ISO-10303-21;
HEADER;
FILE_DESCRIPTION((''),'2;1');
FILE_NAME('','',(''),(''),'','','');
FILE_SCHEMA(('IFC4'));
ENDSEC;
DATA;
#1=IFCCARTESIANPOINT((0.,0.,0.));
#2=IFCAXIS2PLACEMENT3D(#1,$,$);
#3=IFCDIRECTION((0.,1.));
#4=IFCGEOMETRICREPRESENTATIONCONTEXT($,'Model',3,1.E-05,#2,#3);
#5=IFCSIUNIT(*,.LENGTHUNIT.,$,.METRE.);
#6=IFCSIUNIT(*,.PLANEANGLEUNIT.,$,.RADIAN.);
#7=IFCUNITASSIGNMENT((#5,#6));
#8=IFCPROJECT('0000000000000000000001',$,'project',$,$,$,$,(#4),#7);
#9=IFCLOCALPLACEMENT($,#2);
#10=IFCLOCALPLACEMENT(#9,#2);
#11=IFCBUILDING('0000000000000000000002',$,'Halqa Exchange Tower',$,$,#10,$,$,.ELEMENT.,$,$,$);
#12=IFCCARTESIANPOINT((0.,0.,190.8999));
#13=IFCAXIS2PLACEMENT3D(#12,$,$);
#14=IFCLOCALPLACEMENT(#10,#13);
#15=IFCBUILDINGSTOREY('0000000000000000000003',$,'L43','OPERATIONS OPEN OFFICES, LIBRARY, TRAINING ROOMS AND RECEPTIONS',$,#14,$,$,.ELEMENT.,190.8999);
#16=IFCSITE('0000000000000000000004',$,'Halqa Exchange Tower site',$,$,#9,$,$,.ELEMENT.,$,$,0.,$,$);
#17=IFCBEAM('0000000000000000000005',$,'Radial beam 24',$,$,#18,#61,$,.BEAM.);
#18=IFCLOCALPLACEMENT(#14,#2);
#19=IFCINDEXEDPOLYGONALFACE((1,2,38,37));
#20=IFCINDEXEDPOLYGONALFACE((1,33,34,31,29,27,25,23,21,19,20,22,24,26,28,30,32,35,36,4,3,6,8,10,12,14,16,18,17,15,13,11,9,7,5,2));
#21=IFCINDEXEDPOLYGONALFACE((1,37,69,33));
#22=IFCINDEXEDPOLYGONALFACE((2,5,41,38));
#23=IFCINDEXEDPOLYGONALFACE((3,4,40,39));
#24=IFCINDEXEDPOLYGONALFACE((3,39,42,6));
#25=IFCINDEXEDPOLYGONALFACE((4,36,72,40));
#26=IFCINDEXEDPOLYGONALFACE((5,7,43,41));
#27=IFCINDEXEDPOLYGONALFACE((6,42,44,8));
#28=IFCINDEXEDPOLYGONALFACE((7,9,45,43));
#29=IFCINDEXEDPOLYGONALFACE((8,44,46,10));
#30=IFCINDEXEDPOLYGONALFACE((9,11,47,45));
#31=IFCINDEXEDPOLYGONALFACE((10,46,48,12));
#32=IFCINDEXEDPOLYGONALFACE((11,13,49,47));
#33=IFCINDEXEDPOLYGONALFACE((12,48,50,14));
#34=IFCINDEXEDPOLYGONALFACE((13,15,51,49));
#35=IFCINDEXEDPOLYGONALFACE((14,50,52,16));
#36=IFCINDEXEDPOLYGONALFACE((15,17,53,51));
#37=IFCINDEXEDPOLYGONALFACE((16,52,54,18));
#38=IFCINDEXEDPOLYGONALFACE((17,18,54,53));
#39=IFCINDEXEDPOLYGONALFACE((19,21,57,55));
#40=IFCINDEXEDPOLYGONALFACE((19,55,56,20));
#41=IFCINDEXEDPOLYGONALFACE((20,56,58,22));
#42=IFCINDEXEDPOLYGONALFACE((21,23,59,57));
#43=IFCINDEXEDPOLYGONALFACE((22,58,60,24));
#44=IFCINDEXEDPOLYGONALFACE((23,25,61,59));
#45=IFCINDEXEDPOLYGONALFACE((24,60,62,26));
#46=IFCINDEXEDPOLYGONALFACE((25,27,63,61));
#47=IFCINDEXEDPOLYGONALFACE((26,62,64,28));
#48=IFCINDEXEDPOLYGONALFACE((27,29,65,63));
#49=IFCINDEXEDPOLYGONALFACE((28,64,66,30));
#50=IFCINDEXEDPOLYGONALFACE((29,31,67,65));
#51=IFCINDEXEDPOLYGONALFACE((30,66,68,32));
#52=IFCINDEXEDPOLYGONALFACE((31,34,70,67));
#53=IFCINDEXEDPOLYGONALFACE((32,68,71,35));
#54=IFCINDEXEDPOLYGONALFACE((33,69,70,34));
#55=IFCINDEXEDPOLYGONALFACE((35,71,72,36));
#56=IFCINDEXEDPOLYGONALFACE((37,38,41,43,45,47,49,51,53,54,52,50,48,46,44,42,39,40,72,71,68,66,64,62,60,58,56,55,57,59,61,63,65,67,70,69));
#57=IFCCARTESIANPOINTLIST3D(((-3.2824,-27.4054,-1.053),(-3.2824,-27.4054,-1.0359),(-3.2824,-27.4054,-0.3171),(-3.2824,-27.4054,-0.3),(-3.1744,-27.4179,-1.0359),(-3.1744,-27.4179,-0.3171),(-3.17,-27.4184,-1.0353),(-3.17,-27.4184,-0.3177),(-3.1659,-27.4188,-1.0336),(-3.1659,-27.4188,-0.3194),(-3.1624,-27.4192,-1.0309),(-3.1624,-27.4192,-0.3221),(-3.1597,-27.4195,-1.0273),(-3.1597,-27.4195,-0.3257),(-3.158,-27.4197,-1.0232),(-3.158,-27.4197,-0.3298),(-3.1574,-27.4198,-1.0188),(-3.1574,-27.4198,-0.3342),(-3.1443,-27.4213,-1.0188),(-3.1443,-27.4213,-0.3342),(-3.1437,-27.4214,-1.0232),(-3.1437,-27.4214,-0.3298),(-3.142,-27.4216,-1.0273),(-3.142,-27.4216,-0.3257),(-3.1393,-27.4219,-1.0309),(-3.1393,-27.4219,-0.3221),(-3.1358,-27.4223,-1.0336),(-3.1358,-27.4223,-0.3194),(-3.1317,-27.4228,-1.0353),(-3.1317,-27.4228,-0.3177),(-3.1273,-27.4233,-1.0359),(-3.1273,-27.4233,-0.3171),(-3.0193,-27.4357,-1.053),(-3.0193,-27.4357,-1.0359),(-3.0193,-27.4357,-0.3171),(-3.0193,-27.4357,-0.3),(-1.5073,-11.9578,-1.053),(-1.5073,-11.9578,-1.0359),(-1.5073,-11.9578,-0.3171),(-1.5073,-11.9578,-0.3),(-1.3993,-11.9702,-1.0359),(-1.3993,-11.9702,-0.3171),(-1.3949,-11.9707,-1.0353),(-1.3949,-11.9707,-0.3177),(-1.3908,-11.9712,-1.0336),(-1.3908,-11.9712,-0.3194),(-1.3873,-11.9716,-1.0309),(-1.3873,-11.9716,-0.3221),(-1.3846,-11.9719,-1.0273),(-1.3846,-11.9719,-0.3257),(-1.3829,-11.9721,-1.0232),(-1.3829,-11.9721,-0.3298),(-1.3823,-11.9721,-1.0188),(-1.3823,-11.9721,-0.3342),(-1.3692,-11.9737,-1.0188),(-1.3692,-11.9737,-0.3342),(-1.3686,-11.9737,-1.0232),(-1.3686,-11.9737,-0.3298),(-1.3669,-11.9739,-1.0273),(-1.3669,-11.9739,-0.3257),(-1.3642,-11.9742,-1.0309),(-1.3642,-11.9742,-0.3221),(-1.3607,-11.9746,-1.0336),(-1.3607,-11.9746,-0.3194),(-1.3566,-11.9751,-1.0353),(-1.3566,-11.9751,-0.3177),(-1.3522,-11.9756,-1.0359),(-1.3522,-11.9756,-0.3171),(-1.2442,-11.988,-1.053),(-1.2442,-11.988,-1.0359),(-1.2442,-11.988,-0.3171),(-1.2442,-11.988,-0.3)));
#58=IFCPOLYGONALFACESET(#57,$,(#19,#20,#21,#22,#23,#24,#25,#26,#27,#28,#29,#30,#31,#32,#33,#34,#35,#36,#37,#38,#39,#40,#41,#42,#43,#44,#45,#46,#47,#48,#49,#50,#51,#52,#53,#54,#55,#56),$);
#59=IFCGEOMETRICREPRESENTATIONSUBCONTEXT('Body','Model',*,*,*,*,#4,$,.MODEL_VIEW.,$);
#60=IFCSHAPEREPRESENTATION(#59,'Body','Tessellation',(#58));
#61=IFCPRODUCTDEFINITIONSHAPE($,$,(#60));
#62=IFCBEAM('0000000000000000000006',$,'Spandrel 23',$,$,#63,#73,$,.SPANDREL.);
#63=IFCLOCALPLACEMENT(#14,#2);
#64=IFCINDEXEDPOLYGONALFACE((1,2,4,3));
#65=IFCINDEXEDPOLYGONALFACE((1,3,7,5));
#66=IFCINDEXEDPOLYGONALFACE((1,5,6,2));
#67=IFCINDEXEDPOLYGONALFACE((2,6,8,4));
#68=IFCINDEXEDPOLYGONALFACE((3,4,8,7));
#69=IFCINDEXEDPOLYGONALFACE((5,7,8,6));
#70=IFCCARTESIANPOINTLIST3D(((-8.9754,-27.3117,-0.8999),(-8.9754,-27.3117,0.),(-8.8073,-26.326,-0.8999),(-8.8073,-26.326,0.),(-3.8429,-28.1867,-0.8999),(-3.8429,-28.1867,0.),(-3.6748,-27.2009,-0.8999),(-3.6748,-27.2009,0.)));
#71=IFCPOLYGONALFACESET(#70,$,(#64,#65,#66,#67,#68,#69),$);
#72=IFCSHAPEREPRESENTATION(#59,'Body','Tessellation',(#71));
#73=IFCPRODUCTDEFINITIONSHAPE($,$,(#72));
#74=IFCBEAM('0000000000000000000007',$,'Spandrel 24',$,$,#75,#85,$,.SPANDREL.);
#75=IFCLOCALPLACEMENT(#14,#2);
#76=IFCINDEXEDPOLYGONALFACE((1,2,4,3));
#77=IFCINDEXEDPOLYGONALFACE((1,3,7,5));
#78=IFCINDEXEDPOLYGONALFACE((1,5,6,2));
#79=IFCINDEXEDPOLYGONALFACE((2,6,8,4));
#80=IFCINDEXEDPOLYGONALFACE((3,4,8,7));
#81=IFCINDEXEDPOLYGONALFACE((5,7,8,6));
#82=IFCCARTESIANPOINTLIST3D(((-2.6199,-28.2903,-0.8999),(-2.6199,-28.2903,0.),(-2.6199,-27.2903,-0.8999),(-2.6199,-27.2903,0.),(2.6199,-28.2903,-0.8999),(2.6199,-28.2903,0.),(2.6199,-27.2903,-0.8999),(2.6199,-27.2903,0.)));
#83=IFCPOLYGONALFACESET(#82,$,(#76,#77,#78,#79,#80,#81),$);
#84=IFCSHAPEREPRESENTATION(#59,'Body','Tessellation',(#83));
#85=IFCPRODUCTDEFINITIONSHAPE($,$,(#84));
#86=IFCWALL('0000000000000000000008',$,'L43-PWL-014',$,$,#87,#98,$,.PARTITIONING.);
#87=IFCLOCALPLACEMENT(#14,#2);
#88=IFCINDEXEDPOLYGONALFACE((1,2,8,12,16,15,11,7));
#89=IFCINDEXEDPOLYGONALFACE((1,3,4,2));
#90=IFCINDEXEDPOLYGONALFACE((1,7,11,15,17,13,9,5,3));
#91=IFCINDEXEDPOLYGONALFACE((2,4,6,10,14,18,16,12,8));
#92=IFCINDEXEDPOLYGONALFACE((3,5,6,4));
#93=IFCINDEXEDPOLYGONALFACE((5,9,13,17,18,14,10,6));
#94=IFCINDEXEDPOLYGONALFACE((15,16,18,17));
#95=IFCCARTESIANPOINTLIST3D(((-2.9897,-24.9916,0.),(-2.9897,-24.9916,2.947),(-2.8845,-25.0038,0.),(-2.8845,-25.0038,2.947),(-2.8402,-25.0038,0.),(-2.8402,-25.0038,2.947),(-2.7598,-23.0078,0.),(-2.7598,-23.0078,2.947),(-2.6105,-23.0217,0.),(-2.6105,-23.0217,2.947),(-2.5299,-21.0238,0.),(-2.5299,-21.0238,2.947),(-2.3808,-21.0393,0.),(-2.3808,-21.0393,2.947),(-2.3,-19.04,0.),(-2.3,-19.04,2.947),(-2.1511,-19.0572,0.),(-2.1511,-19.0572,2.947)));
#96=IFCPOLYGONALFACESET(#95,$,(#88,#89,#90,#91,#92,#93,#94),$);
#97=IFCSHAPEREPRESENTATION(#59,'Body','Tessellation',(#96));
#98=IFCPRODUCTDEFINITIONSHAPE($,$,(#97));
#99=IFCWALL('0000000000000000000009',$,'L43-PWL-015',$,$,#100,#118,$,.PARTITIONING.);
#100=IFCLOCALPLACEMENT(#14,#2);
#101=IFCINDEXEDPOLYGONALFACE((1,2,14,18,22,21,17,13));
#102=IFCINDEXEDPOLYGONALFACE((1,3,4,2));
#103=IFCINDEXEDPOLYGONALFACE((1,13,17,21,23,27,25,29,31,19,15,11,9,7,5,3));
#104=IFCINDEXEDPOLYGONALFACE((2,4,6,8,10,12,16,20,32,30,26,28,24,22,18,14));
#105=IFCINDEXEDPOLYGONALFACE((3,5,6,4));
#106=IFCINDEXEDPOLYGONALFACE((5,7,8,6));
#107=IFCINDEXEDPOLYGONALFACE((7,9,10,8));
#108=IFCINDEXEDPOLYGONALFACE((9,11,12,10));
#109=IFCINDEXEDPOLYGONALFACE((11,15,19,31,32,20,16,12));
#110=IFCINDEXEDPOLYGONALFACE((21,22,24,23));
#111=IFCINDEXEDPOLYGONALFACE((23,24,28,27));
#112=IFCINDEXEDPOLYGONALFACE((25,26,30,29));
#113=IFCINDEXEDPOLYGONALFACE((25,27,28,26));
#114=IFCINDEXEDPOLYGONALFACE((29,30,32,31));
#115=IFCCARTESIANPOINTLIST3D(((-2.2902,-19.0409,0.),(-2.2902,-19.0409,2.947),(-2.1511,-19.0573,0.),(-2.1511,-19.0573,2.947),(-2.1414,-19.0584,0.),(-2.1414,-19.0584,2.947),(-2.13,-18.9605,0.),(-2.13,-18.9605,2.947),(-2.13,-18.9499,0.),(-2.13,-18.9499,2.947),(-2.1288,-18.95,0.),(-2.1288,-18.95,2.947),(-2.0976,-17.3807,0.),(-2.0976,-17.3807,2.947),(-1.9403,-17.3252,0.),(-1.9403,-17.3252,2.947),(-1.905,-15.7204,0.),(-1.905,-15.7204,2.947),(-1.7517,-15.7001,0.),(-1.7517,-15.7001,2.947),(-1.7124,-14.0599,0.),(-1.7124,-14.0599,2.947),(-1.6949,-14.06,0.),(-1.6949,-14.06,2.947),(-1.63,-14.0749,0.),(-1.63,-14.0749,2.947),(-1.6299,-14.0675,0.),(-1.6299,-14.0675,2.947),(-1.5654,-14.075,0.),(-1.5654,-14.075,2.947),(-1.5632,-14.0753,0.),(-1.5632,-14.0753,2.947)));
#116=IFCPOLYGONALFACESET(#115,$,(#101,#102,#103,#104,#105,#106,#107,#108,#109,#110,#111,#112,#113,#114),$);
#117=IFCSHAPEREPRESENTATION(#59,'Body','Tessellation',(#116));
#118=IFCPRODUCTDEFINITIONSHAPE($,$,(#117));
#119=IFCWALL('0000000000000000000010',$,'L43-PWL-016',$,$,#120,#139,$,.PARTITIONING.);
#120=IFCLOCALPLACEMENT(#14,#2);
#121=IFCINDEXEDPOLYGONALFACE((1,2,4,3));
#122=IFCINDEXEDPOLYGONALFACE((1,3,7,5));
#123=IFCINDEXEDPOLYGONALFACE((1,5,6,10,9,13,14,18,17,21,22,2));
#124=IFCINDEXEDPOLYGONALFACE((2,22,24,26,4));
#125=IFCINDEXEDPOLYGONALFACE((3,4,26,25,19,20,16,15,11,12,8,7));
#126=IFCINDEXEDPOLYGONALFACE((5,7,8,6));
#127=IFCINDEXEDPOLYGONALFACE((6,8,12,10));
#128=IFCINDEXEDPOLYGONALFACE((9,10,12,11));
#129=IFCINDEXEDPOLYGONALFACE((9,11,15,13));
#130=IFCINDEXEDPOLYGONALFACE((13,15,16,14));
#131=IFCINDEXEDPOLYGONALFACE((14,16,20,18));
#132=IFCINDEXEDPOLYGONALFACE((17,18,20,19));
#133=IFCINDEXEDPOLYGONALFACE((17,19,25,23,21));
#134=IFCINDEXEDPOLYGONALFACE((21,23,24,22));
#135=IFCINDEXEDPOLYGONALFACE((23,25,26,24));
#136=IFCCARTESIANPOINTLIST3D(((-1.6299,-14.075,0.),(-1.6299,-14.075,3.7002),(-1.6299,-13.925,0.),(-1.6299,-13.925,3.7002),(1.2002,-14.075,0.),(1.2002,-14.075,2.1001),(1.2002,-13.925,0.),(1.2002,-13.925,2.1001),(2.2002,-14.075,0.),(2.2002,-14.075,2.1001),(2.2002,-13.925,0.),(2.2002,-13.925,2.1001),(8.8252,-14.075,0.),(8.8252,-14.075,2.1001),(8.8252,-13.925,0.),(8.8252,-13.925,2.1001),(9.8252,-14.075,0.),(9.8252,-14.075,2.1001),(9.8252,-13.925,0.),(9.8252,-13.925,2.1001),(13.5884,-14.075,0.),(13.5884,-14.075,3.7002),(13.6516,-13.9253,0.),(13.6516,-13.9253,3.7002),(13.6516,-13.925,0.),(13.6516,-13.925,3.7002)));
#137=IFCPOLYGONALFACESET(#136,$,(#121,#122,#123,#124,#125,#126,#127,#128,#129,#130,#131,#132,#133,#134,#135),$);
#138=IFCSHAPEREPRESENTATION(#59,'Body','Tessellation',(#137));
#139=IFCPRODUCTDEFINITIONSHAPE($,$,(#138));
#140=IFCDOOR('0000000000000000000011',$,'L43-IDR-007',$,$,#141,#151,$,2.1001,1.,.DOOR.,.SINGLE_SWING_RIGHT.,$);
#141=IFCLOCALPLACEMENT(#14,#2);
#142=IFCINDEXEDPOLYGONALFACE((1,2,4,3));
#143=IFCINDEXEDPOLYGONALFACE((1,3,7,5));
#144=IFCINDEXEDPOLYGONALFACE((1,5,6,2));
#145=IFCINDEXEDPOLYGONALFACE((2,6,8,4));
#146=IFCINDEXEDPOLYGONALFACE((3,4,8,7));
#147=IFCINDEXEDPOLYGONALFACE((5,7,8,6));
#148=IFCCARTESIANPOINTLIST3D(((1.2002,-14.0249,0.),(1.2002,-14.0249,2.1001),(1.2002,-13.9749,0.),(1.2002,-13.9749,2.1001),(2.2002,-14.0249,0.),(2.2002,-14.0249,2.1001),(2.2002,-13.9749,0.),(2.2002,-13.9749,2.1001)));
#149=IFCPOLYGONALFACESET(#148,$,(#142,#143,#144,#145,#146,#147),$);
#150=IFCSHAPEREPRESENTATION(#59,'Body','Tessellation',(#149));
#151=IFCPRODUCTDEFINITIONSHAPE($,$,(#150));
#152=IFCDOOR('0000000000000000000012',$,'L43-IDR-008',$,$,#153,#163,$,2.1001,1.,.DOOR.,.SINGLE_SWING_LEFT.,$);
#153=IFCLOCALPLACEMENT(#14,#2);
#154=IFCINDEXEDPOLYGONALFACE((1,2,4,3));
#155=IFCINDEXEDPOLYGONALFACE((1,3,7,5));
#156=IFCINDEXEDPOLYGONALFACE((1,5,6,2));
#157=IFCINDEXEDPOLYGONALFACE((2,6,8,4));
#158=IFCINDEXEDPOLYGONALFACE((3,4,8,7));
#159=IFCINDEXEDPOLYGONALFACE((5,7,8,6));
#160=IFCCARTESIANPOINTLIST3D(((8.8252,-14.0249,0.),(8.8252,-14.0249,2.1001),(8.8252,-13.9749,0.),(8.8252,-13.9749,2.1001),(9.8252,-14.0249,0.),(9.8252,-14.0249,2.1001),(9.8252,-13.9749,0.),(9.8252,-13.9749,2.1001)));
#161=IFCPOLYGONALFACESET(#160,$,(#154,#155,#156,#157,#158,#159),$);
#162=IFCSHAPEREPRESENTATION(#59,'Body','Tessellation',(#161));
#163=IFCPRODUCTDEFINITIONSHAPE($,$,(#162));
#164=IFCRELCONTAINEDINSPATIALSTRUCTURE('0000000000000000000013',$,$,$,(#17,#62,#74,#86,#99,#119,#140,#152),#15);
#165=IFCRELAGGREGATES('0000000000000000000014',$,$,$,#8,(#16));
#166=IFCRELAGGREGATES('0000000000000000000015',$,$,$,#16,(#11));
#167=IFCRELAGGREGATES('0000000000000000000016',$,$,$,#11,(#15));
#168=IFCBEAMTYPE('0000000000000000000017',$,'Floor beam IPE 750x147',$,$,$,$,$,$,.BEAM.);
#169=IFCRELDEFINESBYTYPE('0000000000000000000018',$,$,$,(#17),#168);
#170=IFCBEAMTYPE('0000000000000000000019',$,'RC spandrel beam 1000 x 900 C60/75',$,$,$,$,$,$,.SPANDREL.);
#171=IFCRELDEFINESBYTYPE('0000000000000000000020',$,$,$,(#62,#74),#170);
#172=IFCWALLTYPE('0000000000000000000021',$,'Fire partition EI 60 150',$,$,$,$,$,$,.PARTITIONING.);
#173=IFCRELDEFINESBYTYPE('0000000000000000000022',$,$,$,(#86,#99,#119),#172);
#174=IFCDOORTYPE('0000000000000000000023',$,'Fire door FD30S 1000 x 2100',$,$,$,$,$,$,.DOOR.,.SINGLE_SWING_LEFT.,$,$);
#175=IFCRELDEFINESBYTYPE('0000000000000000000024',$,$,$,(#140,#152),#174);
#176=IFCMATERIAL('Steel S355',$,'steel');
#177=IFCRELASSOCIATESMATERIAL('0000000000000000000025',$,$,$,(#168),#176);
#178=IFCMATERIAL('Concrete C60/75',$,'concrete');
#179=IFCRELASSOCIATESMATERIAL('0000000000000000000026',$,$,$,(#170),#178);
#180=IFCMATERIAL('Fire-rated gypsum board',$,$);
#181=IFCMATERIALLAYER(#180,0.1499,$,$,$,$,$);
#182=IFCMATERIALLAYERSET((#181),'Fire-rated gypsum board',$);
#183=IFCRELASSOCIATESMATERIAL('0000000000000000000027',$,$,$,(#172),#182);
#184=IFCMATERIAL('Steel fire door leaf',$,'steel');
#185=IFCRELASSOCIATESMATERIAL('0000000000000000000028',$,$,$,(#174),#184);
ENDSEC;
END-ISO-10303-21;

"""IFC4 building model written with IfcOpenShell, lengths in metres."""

from ifc_helpers import new_model, si_unit, direction, frame, frame_2d, origin, origin_2d, place, context, subcontext, project, spatial, polyline, rectangle, i_section, outline, extrude, material, layer, layer_set, material_profile, profile_set, type_object, element, fill, save


model = new_model("IFC4")

# Units and contexts
model_context = context("Model", 3, precision=1e-05, world=origin(), true_north=direction((0.0, 1.0)))
body_context = subcontext(model_context, "Body", "Model", "MODEL_VIEW")
ifc_project = project(units=[si_unit("LENGTHUNIT", "METRE"), si_unit("PLANEANGLEUNIT", "RADIAN")], contexts=[model_context])

# Site, building, storey
site_placement = place(None, origin())
site = spatial("IfcSite", under=ifc_project, at=site_placement, Name="Halqa Exchange Tower site", CompositionType="ELEMENT", RefElevation=0.0)
building_placement = place(site_placement, origin())
building = spatial("IfcBuilding", under=site, at=building_placement, Name="Halqa Exchange Tower", CompositionType="ELEMENT")
storey_placement = place(building_placement, frame((0.0, 0.0, 190.8999)))
storey = spatial("IfcBuildingStorey", under=building, at=storey_placement, Name="L43", Description="OPERATIONS OPEN OFFICES, LIBRARY, TRAINING ROOMS AND RECEPTIONS", CompositionType="ELEMENT", Elevation=190.8999)

# Shared definitions
ifc_material_1 = material(Name="Concrete C60/75", Category="concrete")

# Beams
ifc_material_2 = material(Name="Steel S355", Category="steel")
ifc_material_profile_1 = material_profile(ifc_material_2, i_section(OverallWidth=0.2649, OverallDepth=0.7529, WebThickness=0.0132, FlangeThickness=0.0171, FilletRadius=0.0171, at=origin_2d()), Name="IPE 750x147")
ifc_profile_set_1 = profile_set([ifc_material_profile_1], Name="Steel S355")
beam_type_1 = type_object("IfcBeamType", Name="Floor beam IPE 750x147", PredefinedType="BEAM", material=ifc_profile_set_1)
beam_1_placement = place(storey_placement, frame((-1.3757, -11.9729, -0.6765), z_axis=(-0.114162, -0.993462, 0.0), x_axis=(0.993462, -0.114162, 0.0)))
element("IfcBeam", 1, at=beam_1_placement, inside=storey, type_object=beam_type_1, Name="Radial beam 24", PredefinedType="BEAM", context=body_context, shape_type="SweptSolid", body=[
    extrude(i_section(OverallWidth=0.2649, OverallDepth=0.7529, WebThickness=0.0132, FlangeThickness=0.0171, FilletRadius=0.0171, at=origin_2d()), origin(), (0.0, 0.0, 1.0), 15.5493),
])
ifc_material_profile_2 = material_profile(ifc_material_1, rectangle(XDim=1.0, YDim=0.8999, at=origin_2d()), Name="1000 x 900")
ifc_profile_set_2 = profile_set([ifc_material_profile_2], Name="Concrete C60/75")
beam_type_2 = type_object("IfcBeamType", Name="RC spandrel beam 1000 x 900 C60/75", PredefinedType="SPANDREL", material=ifc_profile_set_2)
beam_2_placement = place(storey_placement, frame((-8.8914, -26.8188, -0.45), z_axis=(0.985778, -0.168055, 0.0), x_axis=(0.168055, 0.985778, 0.0)))
element("IfcBeam", 2, at=beam_2_placement, inside=storey, type_object=beam_type_2, Name="Spandrel 23", PredefinedType="SPANDREL", context=body_context, shape_type="SweptSolid", body=[
    extrude(rectangle(XDim=1.0, YDim=0.8999, at=origin_2d()), origin(), (0.0, 0.0, 1.0), 5.2065),
])
beam_3_placement = place(storey_placement, frame((-2.6199, -27.7903, -0.45), z_axis=(1.0, 0.0, 0.0), x_axis=(0.0, 1.0, 0.0)))
element("IfcBeam", 3, at=beam_3_placement, inside=storey, type_object=beam_type_2, Name="Spandrel 24", PredefinedType="SPANDREL", context=body_context, shape_type="SweptSolid", body=[
    extrude(rectangle(XDim=1.0, YDim=0.8999, at=origin_2d()), origin(), (0.0, 0.0, 1.0), 5.2397),
])

# Walls
ifc_material_3 = material(Name="Fire-rated gypsum board")
ifc_layer_1 = layer(ifc_material_3, 0.1499)
ifc_layer_set_1 = layer_set([ifc_layer_1], Name="Fire-rated gypsum board")
wall_type_1 = type_object("IfcWallType", Name="Fire partition EI 60 150", PredefinedType="PARTITIONING", material=ifc_layer_set_1)
wall_1_placement = place(storey_placement, frame((-2.9153, -25.0002, 0.0), z_axis=(0.0, 0.0, 1.0), x_axis=(0.115113, 0.993352, 0.0)))
element("IfcWall", 4, at=wall_1_placement, inside=storey, type_object=wall_type_1, Name="L43-PWL-014", PredefinedType="PARTITIONING", context=body_context, shape_type="SweptSolid", body=[
    extrude(outline(polyline([(0.0, 0.075), (0.0, -0.031), (0.0051, -0.075), (2.0005, -0.075), (3.9961, -0.075), (5.9915, -0.075), (5.9915, 0.075), (3.9944, 0.075), (1.9971, 0.075), (0.0, 0.075)])), origin(), (0.0, 0.0, 1.0), 2.947),
])
wall_2_placement = place(storey_placement, frame((-2.2158, -19.0498, 0.0), z_axis=(0.0, 0.0, 1.0), x_axis=(0.115243, 0.993337, 0.0)))
element("IfcWall", 5, at=wall_2_placement, inside=storey, type_object=wall_type_1, Name="L43-PWL-015", PredefinedType="PARTITIONING", context=body_context, shape_type="SweptSolid", body=[
    extrude(outline(polyline([(0.0, -0.075), (0.0986, -0.075), (0.1091, -0.0737), (0.1091, -0.075), (1.7449, -0.075), (3.3809, -0.075), (5.0166, -0.075), (5.0166, -0.0728), (5.0093, -0.0085), (5.0166, -0.0078), (5.0166, 0.0576), (5.0146, 0.075), (3.343, 0.075), (1.6716, 0.075), (0.0002, 0.075), (0.0, -0.0652), (0.0, -0.0652), (0.0, -0.075)])), origin(), (0.0, 0.0, 1.0), 2.947),
])

# Wall, openings, doors
wall_3_placement = place(storey_placement, frame((-1.6299, -14.0, 0.0), z_axis=(0.0, 0.0, 1.0), x_axis=(1.0, 0.0, 0.0)))
wall_3 = element("IfcWall", 6, at=wall_3_placement, inside=storey, type_object=wall_type_1, Name="L43-PWL-016", PredefinedType="PARTITIONING", context=body_context, shape_type="SweptSolid", body=[
    extrude(outline(polyline([(0.0, -0.075), (1.9023, -0.075), (3.8044, -0.075), (5.7068, -0.075), (7.6091, -0.075), (9.5115, -0.075), (11.4136, -0.075), (13.3159, -0.075), (15.2183, -0.075), (15.2815, 0.0747), (15.2815, 0.075), (13.3713, 0.075), (11.4612, 0.075), (9.551, 0.075), (7.6406, 0.075), (5.7305, 0.075), (3.8203, 0.075), (1.9102, 0.075), (0.0, 0.075), (0.0, -0.075)])), origin(), (0.0, 0.0, 1.0), 3.7002),
])
opening_1_placement = place(wall_3_placement, frame((2.8301, 0.0, 0.0)))
opening_1 = element("IfcOpeningElement", 7, at=opening_1_placement, cuts=wall_3, PredefinedType="OPENING", context=body_context, shape_type="SweptSolid", body=[
    extrude(rectangle(XDim=1.0, YDim=2.1001, at=frame_2d((0.5, 1.05))), frame((0.0, 0.0869, 0.0), z_axis=(0.0, -1.0, 0.0), x_axis=(1.0, 0.0, 0.0)), (0.0, 0.0, 1.0), 0.1738),
])
opening_2_placement = place(wall_3_placement, frame((10.4551, 0.0, 0.0)))
opening_2 = element("IfcOpeningElement", 8, at=opening_2_placement, cuts=wall_3, PredefinedType="OPENING", context=body_context, shape_type="SweptSolid", body=[
    extrude(rectangle(XDim=1.0, YDim=2.1001, at=frame_2d((0.5, 1.05))), frame((0.0, 0.0869, 0.0), z_axis=(0.0, -1.0, 0.0), x_axis=(1.0, 0.0, 0.0)), (0.0, 0.0, 1.0), 0.1738),
])
ifc_material_4 = material(Name="Steel fire door leaf", Category="steel")
door_type_1 = type_object("IfcDoorType", Name="Fire door FD30S 1000 x 2100", OperationType="SINGLE_SWING_LEFT", PredefinedType="DOOR", material=ifc_material_4)
door_1_placement = place(opening_1_placement, frame((1.0, 0.0, 0.0), z_axis=(0.0, 0.0, 1.0), x_axis=(-1.0, 0.0, 0.0)))
door_1 = element("IfcDoor", 9, at=door_1_placement, inside=storey, type_object=door_type_1, Name="L43-IDR-007", OperationType="SINGLE_SWING_RIGHT", OverallHeight=2.1001, OverallWidth=1.0, PredefinedType="DOOR", context=body_context, shape_type="SweptSolid", body=[
    extrude(rectangle(XDim=1.0, YDim=2.1001, at=frame_2d((0.5, 1.05))), frame((0.0, 0.0249, 0.0), z_axis=(0.0, -1.0, 0.0), x_axis=(1.0, 0.0, 0.0)), (0.0, 0.0, 1.0), 0.05),
])
fill(opening_1, door_1)
door_2_placement = place(opening_2_placement, frame((1.0, 0.0, 0.0), z_axis=(0.0, 0.0, 1.0), x_axis=(-1.0, 0.0, 0.0)))
door_2 = element("IfcDoor", 10, at=door_2_placement, inside=storey, type_object=door_type_1, Name="L43-IDR-008", OperationType="SINGLE_SWING_LEFT", OverallHeight=2.1001, OverallWidth=1.0, PredefinedType="DOOR", context=body_context, shape_type="SweptSolid", body=[
    extrude(rectangle(XDim=1.0, YDim=2.1001, at=frame_2d((0.5, 1.05))), frame((0.0, 0.0249, 0.0), z_axis=(0.0, -1.0, 0.0), x_axis=(1.0, 0.0, 0.0)), (0.0, 0.0, 1.0), 0.05),
])
fill(opening_2, door_2)

save(model, "model.ifc")
